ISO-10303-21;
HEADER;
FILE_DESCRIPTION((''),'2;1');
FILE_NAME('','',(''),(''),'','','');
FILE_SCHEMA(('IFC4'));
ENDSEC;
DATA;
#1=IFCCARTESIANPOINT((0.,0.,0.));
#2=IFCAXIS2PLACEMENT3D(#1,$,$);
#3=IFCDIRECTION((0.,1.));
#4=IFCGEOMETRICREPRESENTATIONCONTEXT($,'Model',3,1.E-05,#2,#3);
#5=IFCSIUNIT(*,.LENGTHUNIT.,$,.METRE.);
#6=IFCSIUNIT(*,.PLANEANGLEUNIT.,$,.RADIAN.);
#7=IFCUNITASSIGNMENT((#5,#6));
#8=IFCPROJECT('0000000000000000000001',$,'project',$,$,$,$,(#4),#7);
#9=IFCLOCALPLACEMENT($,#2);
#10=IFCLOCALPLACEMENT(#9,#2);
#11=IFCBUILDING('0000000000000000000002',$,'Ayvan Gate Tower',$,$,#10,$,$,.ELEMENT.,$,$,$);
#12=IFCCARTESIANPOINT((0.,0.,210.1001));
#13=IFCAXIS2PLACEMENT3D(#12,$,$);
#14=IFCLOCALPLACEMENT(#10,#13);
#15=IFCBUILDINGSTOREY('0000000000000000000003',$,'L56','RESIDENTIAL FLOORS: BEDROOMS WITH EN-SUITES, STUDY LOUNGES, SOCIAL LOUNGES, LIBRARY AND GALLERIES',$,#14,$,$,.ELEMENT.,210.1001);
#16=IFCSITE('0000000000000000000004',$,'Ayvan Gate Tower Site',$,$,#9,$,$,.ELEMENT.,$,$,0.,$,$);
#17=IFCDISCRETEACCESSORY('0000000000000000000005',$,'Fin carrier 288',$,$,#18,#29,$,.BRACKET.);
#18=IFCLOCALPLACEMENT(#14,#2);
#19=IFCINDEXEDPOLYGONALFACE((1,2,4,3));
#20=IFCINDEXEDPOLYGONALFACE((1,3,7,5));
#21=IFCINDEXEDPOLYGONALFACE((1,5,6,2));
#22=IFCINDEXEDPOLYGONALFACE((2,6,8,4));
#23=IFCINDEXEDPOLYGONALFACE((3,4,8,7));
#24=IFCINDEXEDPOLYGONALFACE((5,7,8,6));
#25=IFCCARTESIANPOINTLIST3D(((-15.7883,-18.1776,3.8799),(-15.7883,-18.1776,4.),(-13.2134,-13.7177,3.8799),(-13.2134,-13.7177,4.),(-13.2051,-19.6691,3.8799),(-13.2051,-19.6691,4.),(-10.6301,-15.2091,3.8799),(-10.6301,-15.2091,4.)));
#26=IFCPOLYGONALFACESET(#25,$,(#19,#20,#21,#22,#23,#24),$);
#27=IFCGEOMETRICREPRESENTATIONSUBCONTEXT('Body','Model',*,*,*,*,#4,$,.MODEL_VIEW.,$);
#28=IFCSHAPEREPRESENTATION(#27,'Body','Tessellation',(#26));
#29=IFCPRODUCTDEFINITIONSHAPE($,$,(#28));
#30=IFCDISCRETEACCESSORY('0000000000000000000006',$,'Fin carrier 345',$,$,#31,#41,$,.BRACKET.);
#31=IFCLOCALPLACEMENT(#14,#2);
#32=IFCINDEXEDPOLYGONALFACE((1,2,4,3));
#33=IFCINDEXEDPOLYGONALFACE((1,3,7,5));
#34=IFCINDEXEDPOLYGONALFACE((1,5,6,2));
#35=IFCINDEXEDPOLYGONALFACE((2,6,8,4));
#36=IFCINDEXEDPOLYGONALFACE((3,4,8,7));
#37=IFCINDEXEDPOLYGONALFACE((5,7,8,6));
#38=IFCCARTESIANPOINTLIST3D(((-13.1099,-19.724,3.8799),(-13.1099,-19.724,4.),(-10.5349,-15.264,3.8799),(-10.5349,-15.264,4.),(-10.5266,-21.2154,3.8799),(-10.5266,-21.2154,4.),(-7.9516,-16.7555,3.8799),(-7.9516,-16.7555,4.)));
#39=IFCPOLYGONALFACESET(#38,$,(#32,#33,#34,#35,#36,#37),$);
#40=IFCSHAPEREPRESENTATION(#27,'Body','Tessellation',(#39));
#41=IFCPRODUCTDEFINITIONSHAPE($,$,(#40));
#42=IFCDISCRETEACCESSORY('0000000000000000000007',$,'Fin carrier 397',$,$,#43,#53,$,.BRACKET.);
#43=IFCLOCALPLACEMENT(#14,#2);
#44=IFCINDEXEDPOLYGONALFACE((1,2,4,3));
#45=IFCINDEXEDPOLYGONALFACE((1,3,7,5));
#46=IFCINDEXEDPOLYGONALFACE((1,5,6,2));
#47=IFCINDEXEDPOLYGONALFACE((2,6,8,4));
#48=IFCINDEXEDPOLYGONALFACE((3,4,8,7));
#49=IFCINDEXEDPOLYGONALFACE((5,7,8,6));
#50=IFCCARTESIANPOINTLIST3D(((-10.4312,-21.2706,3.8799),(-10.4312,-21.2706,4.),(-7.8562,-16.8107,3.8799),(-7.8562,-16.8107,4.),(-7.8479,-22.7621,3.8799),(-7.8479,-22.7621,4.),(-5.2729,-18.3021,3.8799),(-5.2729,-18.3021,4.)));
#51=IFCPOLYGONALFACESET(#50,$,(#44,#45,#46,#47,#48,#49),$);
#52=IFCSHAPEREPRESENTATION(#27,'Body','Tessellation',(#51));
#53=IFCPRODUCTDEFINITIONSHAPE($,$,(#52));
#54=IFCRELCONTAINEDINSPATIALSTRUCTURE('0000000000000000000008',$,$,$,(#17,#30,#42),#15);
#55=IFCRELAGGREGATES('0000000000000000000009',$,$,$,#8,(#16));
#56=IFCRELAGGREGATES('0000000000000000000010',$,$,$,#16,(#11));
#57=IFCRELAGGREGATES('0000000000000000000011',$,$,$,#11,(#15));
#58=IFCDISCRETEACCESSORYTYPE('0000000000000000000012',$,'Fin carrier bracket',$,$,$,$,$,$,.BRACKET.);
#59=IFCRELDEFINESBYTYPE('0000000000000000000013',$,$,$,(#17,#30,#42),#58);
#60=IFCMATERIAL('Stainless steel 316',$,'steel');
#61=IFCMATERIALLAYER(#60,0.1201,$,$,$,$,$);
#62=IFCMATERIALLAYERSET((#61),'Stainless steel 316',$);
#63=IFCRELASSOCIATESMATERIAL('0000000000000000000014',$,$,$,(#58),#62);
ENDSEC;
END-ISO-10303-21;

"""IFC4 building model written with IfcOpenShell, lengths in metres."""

from ifc_helpers import new_model, si_unit, direction, frame, origin, origin_2d, place, context, subcontext, project, spatial, rectangle, extrude, material, layer, layer_set, type_object, element, save


model = new_model("IFC4")

# Units and contexts
model_context = context("Model", 3, precision=1e-05, world=origin(), true_north=direction((0.0, 1.0)))
body_context = subcontext(model_context, "Body", "Model", "MODEL_VIEW")
ifc_project = project(units=[si_unit("LENGTHUNIT", "METRE"), si_unit("PLANEANGLEUNIT", "RADIAN")], contexts=[model_context])

# Site, building, storey
site_placement = place(None, origin())
site = spatial("IfcSite", under=ifc_project, at=site_placement, Name="Ayvan Gate Tower Site", CompositionType="ELEMENT", RefElevation=0.0)
building_placement = place(site_placement, origin())
building = spatial("IfcBuilding", under=site, at=building_placement, Name="Ayvan Gate Tower", CompositionType="ELEMENT")
storey_placement = place(building_placement, frame((0.0, 0.0, 210.1001)))
storey = spatial("IfcBuildingStorey", under=building, at=storey_placement, Name="L56", Description="RESIDENTIAL FLOORS: BEDROOMS WITH EN-SUITES, STUDY LOUNGES, SOCIAL LOUNGES, LIBRARY AND GALLERIES", CompositionType="ELEMENT", Elevation=210.1001)

# Discrete accessories
ifc_material_1 = material(Name="Stainless steel 316", Category="steel")
ifc_layer_1 = layer(ifc_material_1, 0.1201)
ifc_layer_set_1 = layer_set([ifc_layer_1], Name="Stainless steel 316")
discrete_accessory_type = type_object("IfcDiscreteAccessoryType", Name="Fin carrier bracket", PredefinedType="BRACKET", material=ifc_layer_set_1)
for number, where, z_axis, x_axis, name in (
    (1, (-13.2092, -16.6934, 3.8799), (0.0, 0.0, 1.0), (0.866025, -0.5, 0.0), "Fin carrier 288"),
    (2, (-10.5308, -18.2397, 3.8799), (0.0, 0.0, 1.0), (0.866025, -0.5, 0.0), "Fin carrier 345"),
    (3, (-7.8521, -19.7864, 3.8799), (0.0, 0.0, 1.0), (0.866025, -0.5, 0.0), "Fin carrier 397"),
):
    element("IfcDiscreteAccessory", number, at=place(storey_placement, frame(where, z_axis=z_axis, x_axis=x_axis)), inside=storey, type_object=discrete_accessory_type, Name=name, PredefinedType="BRACKET", context=body_context, shape_type="SweptSolid", body=[
        extrude(rectangle(XDim=2.9829, YDim=5.1499, at=origin_2d()), origin(), (0.0, 0.0, 1.0), 0.1201),
    ])

save(model, "model.ifc")
